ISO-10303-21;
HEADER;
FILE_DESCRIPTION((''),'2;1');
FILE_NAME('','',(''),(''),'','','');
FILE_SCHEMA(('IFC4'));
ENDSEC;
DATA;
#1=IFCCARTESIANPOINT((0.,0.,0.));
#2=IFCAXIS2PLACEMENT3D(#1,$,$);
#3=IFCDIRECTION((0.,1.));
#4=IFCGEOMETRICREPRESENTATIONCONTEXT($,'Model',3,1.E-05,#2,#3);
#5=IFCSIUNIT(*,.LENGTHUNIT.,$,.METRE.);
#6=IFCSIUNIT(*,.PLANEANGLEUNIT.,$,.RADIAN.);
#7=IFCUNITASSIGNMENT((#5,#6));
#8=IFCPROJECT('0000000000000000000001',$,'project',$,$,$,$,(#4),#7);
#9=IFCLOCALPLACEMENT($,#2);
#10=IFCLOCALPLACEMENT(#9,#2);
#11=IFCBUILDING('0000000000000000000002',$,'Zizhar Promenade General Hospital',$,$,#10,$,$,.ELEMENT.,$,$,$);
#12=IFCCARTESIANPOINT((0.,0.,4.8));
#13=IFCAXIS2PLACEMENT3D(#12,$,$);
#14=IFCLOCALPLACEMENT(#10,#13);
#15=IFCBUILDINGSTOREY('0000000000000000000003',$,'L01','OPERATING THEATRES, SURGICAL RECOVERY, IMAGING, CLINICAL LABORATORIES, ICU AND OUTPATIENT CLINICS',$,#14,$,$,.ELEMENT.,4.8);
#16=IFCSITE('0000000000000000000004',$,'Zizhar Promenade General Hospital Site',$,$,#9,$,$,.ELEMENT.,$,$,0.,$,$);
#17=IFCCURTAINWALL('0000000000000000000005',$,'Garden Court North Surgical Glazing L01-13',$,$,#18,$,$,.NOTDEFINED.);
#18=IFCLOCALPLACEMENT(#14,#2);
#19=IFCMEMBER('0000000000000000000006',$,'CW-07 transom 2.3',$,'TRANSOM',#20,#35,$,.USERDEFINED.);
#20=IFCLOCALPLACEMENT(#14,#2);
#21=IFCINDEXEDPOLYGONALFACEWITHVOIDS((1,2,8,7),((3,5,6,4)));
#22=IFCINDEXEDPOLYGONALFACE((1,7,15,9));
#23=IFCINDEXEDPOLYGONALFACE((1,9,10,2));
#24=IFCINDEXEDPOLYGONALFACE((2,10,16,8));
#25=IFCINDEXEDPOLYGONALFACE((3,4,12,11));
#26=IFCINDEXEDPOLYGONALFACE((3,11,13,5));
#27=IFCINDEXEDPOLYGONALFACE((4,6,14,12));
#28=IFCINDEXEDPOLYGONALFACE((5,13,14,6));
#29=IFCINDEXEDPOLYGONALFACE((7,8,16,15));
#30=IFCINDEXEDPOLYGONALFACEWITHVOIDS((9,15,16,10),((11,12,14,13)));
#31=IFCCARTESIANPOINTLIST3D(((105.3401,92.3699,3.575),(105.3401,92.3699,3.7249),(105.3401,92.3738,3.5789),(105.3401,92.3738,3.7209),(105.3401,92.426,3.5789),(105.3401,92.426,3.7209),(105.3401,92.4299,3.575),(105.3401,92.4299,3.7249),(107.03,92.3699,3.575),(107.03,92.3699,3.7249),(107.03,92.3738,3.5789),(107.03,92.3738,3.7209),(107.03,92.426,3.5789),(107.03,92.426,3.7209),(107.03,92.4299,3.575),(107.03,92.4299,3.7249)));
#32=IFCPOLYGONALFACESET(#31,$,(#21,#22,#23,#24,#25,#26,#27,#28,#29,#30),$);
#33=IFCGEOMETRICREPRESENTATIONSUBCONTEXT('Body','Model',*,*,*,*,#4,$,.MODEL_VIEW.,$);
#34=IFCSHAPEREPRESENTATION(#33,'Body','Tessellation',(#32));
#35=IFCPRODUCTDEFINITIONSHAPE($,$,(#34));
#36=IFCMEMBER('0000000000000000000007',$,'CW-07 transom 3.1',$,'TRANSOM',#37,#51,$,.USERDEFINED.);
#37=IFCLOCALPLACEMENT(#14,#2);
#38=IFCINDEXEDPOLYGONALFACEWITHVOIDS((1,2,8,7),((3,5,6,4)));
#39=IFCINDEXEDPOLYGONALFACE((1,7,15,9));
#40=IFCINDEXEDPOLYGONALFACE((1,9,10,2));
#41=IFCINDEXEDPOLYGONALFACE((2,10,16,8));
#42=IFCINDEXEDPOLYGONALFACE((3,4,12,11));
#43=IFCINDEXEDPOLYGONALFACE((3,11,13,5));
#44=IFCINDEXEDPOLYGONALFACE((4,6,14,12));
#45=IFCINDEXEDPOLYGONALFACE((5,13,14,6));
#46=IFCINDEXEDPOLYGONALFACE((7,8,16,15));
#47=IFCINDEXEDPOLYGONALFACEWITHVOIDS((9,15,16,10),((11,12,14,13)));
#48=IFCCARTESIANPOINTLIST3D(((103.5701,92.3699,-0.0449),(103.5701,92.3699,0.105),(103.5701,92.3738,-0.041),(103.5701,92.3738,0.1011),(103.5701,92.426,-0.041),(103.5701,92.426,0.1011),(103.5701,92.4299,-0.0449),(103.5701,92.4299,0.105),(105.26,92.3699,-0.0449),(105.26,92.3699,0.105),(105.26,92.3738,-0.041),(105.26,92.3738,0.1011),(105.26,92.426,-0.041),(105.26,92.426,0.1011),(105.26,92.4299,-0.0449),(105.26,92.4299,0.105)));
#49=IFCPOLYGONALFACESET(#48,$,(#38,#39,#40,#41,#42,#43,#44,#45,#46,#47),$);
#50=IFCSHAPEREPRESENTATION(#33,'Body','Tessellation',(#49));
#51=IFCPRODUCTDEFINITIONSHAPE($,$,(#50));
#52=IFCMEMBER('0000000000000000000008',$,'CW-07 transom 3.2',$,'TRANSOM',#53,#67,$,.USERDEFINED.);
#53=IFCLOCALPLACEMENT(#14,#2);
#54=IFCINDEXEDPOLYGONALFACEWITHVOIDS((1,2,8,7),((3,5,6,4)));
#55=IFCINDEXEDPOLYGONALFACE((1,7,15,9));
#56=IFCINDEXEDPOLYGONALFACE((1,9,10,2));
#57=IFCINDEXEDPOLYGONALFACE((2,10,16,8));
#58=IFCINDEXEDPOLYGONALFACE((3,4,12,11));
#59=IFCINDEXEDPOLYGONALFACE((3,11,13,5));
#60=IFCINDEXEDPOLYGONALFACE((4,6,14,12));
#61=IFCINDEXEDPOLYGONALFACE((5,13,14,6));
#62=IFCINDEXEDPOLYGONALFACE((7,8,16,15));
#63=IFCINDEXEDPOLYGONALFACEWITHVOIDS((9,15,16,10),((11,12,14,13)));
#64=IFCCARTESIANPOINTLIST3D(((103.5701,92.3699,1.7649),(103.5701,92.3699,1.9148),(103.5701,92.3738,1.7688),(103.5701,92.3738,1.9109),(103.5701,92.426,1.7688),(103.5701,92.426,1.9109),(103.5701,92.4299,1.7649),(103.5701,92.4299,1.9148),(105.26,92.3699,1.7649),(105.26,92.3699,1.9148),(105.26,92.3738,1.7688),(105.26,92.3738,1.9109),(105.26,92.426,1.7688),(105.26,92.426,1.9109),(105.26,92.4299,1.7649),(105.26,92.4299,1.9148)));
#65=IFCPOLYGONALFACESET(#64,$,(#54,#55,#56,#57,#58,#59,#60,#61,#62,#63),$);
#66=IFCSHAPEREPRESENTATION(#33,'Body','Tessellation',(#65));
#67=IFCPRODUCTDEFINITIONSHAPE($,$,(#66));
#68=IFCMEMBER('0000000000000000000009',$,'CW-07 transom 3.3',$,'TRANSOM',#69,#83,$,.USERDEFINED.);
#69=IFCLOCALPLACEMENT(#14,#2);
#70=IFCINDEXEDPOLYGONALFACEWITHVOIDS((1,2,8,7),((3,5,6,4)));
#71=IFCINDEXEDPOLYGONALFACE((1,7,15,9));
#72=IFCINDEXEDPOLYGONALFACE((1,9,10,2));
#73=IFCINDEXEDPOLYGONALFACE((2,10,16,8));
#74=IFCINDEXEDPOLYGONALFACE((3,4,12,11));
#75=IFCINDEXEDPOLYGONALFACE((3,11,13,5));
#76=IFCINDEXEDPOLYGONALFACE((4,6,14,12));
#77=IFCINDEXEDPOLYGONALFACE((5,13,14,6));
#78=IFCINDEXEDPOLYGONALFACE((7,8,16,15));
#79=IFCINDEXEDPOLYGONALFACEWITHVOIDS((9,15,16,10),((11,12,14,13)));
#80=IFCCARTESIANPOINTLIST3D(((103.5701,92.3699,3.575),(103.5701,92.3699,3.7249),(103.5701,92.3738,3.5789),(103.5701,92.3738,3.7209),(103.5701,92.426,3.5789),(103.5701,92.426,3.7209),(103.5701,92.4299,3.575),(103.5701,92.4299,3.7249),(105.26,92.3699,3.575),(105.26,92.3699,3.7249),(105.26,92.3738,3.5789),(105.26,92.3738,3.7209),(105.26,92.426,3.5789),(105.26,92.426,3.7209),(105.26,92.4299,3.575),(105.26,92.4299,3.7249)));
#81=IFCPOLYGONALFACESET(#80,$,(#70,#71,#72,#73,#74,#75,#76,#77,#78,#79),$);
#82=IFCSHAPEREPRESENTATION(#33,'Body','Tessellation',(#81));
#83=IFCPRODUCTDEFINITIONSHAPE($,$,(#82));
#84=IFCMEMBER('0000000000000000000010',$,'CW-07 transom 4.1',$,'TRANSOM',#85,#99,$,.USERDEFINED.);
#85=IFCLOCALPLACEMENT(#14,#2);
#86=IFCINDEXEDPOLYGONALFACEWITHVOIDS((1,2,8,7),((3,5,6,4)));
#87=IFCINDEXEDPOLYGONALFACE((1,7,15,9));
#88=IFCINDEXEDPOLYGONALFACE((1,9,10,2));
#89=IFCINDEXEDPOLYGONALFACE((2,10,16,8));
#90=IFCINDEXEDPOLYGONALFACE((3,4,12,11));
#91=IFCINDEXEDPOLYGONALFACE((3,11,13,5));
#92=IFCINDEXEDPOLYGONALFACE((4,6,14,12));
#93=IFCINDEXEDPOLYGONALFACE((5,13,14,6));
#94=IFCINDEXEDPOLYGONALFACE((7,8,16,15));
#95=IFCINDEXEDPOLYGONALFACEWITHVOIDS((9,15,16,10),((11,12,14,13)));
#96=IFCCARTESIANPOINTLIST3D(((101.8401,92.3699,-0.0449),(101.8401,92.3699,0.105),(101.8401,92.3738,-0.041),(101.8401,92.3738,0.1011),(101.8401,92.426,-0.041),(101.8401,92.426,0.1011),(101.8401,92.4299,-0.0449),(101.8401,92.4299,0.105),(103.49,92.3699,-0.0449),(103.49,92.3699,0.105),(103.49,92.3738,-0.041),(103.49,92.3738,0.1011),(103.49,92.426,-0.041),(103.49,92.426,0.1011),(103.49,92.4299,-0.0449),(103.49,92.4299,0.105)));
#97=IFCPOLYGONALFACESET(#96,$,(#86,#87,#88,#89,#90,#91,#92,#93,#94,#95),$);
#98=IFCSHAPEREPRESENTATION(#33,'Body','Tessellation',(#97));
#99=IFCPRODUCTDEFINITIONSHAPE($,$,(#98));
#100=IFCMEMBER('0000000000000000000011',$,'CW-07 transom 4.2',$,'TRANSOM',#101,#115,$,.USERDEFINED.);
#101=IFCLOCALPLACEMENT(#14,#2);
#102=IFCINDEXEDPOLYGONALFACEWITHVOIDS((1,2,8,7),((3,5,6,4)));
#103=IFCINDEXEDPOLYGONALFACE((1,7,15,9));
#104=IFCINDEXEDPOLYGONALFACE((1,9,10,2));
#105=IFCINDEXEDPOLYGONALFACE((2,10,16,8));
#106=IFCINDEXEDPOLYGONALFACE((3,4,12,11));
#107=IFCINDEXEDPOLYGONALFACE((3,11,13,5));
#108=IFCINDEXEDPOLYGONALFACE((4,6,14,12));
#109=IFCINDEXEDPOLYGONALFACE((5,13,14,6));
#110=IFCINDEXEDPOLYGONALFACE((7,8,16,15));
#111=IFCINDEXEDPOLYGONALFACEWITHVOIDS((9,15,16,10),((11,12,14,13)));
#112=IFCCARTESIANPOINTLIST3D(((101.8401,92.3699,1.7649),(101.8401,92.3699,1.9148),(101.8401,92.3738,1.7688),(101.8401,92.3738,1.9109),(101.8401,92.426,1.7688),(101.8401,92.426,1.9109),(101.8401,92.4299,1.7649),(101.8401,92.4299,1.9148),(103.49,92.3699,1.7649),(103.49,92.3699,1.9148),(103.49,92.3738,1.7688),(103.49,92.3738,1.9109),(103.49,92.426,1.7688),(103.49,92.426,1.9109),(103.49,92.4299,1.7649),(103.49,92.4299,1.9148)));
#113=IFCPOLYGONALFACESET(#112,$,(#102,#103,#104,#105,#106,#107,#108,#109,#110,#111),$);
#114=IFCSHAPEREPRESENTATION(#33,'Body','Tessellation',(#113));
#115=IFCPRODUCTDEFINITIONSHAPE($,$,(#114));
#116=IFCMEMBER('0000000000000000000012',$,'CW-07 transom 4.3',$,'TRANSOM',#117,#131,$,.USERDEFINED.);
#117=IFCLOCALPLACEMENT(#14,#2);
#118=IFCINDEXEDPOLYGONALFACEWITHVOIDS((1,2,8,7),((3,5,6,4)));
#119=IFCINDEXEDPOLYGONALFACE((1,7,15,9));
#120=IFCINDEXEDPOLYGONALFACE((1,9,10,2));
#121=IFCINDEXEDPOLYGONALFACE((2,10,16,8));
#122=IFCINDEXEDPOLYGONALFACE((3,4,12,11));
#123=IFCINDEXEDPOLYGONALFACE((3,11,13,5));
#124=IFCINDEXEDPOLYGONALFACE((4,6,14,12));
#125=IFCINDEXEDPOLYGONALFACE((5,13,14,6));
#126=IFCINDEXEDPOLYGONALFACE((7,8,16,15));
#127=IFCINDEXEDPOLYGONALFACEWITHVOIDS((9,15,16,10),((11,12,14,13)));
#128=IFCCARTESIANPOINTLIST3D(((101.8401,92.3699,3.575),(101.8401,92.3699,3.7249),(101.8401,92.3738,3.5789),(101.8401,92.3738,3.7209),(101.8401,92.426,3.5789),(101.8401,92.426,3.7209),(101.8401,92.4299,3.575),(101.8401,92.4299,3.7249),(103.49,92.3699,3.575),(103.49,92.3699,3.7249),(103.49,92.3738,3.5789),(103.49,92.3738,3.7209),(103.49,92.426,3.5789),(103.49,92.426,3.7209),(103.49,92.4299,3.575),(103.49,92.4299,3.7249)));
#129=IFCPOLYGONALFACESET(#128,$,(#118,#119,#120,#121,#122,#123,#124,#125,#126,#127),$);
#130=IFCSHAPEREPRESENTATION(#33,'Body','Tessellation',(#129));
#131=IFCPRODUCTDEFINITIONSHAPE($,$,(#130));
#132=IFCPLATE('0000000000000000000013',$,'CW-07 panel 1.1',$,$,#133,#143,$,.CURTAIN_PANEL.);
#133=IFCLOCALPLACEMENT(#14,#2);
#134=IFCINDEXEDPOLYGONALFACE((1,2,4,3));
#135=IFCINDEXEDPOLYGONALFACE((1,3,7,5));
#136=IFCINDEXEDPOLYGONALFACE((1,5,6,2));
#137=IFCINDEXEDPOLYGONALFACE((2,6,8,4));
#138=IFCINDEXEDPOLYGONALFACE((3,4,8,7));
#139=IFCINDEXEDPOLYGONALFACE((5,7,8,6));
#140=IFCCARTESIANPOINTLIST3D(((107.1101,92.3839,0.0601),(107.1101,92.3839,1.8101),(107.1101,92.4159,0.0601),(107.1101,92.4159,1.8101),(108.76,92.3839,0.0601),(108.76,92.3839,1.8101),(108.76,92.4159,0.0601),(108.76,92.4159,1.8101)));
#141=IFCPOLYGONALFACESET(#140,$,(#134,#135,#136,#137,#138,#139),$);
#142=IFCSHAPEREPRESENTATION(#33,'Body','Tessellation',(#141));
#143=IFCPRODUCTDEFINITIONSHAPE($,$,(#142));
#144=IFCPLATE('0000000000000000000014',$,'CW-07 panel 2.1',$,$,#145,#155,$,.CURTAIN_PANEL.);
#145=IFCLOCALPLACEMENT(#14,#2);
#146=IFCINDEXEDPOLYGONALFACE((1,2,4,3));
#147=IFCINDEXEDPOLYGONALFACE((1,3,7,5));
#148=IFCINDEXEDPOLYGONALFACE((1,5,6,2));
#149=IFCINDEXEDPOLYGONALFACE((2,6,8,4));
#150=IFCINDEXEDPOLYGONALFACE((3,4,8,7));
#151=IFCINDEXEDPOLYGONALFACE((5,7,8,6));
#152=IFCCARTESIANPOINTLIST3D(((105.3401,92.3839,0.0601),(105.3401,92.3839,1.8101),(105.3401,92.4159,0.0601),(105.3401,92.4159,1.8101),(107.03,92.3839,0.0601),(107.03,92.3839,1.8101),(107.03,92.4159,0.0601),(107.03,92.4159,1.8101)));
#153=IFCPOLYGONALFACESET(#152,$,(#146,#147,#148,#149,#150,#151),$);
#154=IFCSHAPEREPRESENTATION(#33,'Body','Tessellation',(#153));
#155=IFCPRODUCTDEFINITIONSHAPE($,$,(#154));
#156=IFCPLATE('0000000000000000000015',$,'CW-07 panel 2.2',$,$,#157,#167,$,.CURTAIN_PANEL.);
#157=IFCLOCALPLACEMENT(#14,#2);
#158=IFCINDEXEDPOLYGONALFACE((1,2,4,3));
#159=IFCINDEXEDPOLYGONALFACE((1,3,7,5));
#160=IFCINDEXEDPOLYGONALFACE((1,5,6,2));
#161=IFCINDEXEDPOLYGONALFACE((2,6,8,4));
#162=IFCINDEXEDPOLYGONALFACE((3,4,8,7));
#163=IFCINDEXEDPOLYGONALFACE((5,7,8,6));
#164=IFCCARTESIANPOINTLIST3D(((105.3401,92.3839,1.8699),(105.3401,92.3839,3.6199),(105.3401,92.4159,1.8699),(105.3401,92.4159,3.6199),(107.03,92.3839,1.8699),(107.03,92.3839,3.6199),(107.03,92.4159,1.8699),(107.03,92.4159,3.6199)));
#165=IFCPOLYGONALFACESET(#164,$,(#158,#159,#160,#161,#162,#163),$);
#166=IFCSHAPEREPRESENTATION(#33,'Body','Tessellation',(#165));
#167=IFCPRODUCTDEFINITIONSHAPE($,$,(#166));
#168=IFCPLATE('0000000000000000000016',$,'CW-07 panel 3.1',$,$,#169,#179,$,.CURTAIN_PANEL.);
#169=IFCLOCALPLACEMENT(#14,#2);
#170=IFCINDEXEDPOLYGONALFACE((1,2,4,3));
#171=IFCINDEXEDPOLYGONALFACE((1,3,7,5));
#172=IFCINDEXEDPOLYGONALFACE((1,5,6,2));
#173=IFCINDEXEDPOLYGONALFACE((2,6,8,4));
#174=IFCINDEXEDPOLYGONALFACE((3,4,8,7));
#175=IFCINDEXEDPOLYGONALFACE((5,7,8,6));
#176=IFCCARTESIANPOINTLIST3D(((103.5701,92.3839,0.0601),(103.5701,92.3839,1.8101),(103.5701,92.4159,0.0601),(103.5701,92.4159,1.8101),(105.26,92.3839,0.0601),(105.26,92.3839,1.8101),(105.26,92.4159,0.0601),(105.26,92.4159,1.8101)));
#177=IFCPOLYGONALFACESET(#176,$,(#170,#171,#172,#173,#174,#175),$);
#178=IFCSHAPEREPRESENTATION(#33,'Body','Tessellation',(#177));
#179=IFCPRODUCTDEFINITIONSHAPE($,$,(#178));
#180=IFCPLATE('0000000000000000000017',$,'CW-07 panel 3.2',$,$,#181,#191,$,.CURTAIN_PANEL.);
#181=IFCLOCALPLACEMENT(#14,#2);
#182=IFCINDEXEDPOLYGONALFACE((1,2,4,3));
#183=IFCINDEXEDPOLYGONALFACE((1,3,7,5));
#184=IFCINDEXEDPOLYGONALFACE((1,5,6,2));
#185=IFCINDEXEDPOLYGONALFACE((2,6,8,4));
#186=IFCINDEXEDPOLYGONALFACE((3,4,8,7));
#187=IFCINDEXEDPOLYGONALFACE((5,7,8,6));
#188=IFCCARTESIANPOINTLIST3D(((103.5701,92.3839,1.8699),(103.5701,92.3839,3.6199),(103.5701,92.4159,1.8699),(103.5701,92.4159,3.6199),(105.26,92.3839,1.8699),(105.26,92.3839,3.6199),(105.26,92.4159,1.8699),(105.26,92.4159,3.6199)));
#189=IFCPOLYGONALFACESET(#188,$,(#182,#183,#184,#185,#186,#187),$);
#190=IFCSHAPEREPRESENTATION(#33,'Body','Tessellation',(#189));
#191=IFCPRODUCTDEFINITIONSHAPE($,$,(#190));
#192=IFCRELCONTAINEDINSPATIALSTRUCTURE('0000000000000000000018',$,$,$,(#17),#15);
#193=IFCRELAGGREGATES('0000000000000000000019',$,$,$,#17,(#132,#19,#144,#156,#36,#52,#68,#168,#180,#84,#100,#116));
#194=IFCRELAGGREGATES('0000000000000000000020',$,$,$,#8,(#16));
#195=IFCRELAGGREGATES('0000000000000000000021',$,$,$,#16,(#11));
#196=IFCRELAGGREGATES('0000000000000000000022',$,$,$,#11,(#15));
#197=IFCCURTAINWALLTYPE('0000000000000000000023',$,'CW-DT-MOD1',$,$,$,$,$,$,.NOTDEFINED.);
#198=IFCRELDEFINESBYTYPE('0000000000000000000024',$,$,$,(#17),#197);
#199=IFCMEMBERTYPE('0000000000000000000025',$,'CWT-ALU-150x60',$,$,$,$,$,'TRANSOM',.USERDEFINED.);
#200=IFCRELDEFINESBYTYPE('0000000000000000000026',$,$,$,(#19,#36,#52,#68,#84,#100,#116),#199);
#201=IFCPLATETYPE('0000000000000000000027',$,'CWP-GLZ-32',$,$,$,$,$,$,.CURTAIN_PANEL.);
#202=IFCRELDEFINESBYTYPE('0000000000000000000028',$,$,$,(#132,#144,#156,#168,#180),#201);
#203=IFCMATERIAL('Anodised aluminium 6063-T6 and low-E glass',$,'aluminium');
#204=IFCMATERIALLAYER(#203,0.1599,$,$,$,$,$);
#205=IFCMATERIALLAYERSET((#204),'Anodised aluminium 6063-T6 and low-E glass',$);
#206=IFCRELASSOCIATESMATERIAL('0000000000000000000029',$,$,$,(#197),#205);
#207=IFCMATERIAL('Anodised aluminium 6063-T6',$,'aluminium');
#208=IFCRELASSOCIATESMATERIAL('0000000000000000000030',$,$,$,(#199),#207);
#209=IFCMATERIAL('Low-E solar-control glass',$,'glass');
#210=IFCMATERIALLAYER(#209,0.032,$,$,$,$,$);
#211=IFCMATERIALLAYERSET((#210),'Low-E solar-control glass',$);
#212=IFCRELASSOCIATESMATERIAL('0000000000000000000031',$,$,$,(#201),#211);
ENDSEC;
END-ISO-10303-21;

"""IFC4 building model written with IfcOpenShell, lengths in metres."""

from ifc_helpers import new_model, si_unit, direction, frame, origin, origin_2d, place, context, subcontext, project, spatial, rectangle, hollow_rectangle, extrude, material, layer, layer_set, material_profile, profile_set, type_object, element, aggregate, save


model = new_model("IFC4")

# Units and contexts
model_context = context("Model", 3, precision=1e-05, world=origin(), true_north=direction((0.0, 1.0)))
body_context = subcontext(model_context, "Body", "Model", "MODEL_VIEW")
ifc_project = project(units=[si_unit("LENGTHUNIT", "METRE"), si_unit("PLANEANGLEUNIT", "RADIAN")], contexts=[model_context])

# Site, building, storey
site_placement = place(None, origin())
site = spatial("IfcSite", under=ifc_project, at=site_placement, Name="Zizhar Promenade General Hospital Site", CompositionType="ELEMENT", RefElevation=0.0)
building_placement = place(site_placement, origin())
building = spatial("IfcBuilding", under=site, at=building_placement, Name="Zizhar Promenade General Hospital", CompositionType="ELEMENT")
storey_placement = place(building_placement, frame((0.0, 0.0, 4.8)))
storey = spatial("IfcBuildingStorey", under=building, at=storey_placement, Name="L01", Description="OPERATING THEATRES, SURGICAL RECOVERY, IMAGING, CLINICAL LABORATORIES, ICU AND OUTPATIENT CLINICS", CompositionType="ELEMENT", Elevation=4.8)

# Shared definitions
ifc_material_1 = material(Name="Anodised aluminium 6063-T6 and low-E glass", Category="aluminium")
ifc_layer_1 = layer(ifc_material_1, 0.1599)
ifc_layer_set_1 = layer_set([ifc_layer_1], Name="Anodised aluminium 6063-T6 and low-E glass")
curtain_wall_type = type_object("IfcCurtainWallType", Name="CW-DT-MOD1", PredefinedType="NOTDEFINED", material=ifc_layer_set_1)

# Curtain wall
curtain_wall_1_placement = place(storey_placement, origin())
curtain_wall_1 = element("IfcCurtainWall", 1, at=curtain_wall_1_placement, inside=storey, type_object=curtain_wall_type, Name="Garden Court North Surgical Glazing L01-13", PredefinedType="NOTDEFINED")

# Members
ifc_material_2 = material(Name="Anodised aluminium 6063-T6", Category="aluminium")
ifc_material_profile_1 = material_profile(ifc_material_2, hollow_rectangle(XDim=0.0601, YDim=0.1499, WallThickness=0.0039, at=origin_2d()))
ifc_profile_set_1 = profile_set([ifc_material_profile_1], Name="Anodised aluminium 6063-T6")
member_type_1 = type_object("IfcMemberType", Name="CWT-ALU-150x60", ElementType="TRANSOM", PredefinedType="USERDEFINED", material=ifc_profile_set_1)
member_1_placement = place(storey_placement, frame((107.03, 92.3999, 3.6499), z_axis=(-1.0, 0.0, 0.0), x_axis=(0.0, -1.0, 0.0)))
member_1 = element("IfcMember", 2, at=member_1_placement, type_object=member_type_1, Name="CW-07 transom 2.3", ObjectType="TRANSOM", PredefinedType="USERDEFINED", context=body_context, shape_type="SweptSolid", body=[
    extrude(hollow_rectangle(XDim=0.0601, YDim=0.1499, WallThickness=0.0039, at=origin_2d()), origin(), (0.0, 0.0, 1.0), 1.6899),
])
member_2_placement = place(storey_placement, frame((105.26, 92.3999, 0.03), z_axis=(-1.0, 0.0, 0.0), x_axis=(0.0, -1.0, 0.0)))
member_2 = element("IfcMember", 3, at=member_2_placement, type_object=member_type_1, Name="CW-07 transom 3.1", ObjectType="TRANSOM", PredefinedType="USERDEFINED", context=body_context, shape_type="SweptSolid", body=[
    extrude(hollow_rectangle(XDim=0.0601, YDim=0.1499, WallThickness=0.0039, at=origin_2d()), origin(), (0.0, 0.0, 1.0), 1.6899),
])
member_3_placement = place(storey_placement, frame((105.26, 92.3999, 1.8398), z_axis=(-1.0, 0.0, 0.0), x_axis=(0.0, -1.0, 0.0)))
member_3 = element("IfcMember", 4, at=member_3_placement, type_object=member_type_1, Name="CW-07 transom 3.2", ObjectType="TRANSOM", PredefinedType="USERDEFINED", context=body_context, shape_type="SweptSolid", body=[
    extrude(hollow_rectangle(XDim=0.0601, YDim=0.1499, WallThickness=0.0039, at=origin_2d()), origin(), (0.0, 0.0, 1.0), 1.6899),
])
member_4_placement = place(storey_placement, frame((105.26, 92.3999, 3.6499), z_axis=(-1.0, 0.0, 0.0), x_axis=(0.0, -1.0, 0.0)))
member_4 = element("IfcMember", 5, at=member_4_placement, type_object=member_type_1, Name="CW-07 transom 3.3", ObjectType="TRANSOM", PredefinedType="USERDEFINED", context=body_context, shape_type="SweptSolid", body=[
    extrude(hollow_rectangle(XDim=0.0601, YDim=0.1499, WallThickness=0.0039, at=origin_2d()), origin(), (0.0, 0.0, 1.0), 1.6899),
])
member_5_placement = place(storey_placement, frame((103.49, 92.3999, 0.03), z_axis=(-1.0, 0.0, 0.0), x_axis=(0.0, -1.0, 0.0)))
member_5 = element("IfcMember", 6, at=member_5_placement, type_object=member_type_1, Name="CW-07 transom 4.1", ObjectType="TRANSOM", PredefinedType="USERDEFINED", context=body_context, shape_type="SweptSolid", body=[
    extrude(hollow_rectangle(XDim=0.0601, YDim=0.1499, WallThickness=0.0039, at=origin_2d()), origin(), (0.0, 0.0, 1.0), 1.6499),
])
member_6_placement = place(storey_placement, frame((103.49, 92.3999, 1.8398), z_axis=(-1.0, 0.0, 0.0), x_axis=(0.0, -1.0, 0.0)))
member_6 = element("IfcMember", 7, at=member_6_placement, type_object=member_type_1, Name="CW-07 transom 4.2", ObjectType="TRANSOM", PredefinedType="USERDEFINED", context=body_context, shape_type="SweptSolid", body=[
    extrude(hollow_rectangle(XDim=0.0601, YDim=0.1499, WallThickness=0.0039, at=origin_2d()), origin(), (0.0, 0.0, 1.0), 1.6499),
])
member_7_placement = place(storey_placement, frame((103.49, 92.3999, 3.6499), z_axis=(-1.0, 0.0, 0.0), x_axis=(0.0, -1.0, 0.0)))
member_7 = element("IfcMember", 8, at=member_7_placement, type_object=member_type_1, Name="CW-07 transom 4.3", ObjectType="TRANSOM", PredefinedType="USERDEFINED", context=body_context, shape_type="SweptSolid", body=[
    extrude(hollow_rectangle(XDim=0.0601, YDim=0.1499, WallThickness=0.0039, at=origin_2d()), origin(), (0.0, 0.0, 1.0), 1.6499),
])

# Plates
ifc_material_3 = material(Name="Low-E solar-control glass", Category="glass")
ifc_layer_2 = layer(ifc_material_3, 0.032)
ifc_layer_set_2 = layer_set([ifc_layer_2], Name="Low-E solar-control glass")
plate_type = type_object("IfcPlateType", Name="CWP-GLZ-32", PredefinedType="CURTAIN_PANEL", material=ifc_layer_set_2)
plate_1_placement = place(storey_placement, frame((107.9351, 92.3999, 0.0601), z_axis=(0.0, 0.0, 1.0), x_axis=(-1.0, 0.0, 0.0)))
plate_1 = element("IfcPlate", 9, at=plate_1_placement, type_object=plate_type, Name="CW-07 panel 1.1", PredefinedType="CURTAIN_PANEL", context=body_context, shape_type="SweptSolid", body=[
    extrude(rectangle(XDim=1.6499, YDim=0.032, at=origin_2d()), origin(), (0.0, 0.0, 1.0), 1.75),
])
plate_2_placement = place(storey_placement, frame((106.1851, 92.3999, 0.0601), z_axis=(0.0, 0.0, 1.0), x_axis=(-1.0, 0.0, 0.0)))
plate_2 = element("IfcPlate", 10, at=plate_2_placement, type_object=plate_type, Name="CW-07 panel 2.1", PredefinedType="CURTAIN_PANEL", context=body_context, shape_type="SweptSolid", body=[
    extrude(rectangle(XDim=1.6899, YDim=0.032, at=origin_2d()), origin(), (0.0, 0.0, 1.0), 1.75),
])
plate_3_placement = place(storey_placement, frame((106.1851, 92.3999, 1.8699), z_axis=(0.0, 0.0, 1.0), x_axis=(-1.0, 0.0, 0.0)))
plate_3 = element("IfcPlate", 11, at=plate_3_placement, type_object=plate_type, Name="CW-07 panel 2.2", PredefinedType="CURTAIN_PANEL", context=body_context, shape_type="SweptSolid", body=[
    extrude(rectangle(XDim=1.6899, YDim=0.032, at=origin_2d()), origin(), (0.0, 0.0, 1.0), 1.75),
])
plate_4_placement = place(storey_placement, frame((104.415, 92.3999, 0.0601), z_axis=(0.0, 0.0, 1.0), x_axis=(-1.0, 0.0, 0.0)))
plate_4 = element("IfcPlate", 12, at=plate_4_placement, type_object=plate_type, Name="CW-07 panel 3.1", PredefinedType="CURTAIN_PANEL", context=body_context, shape_type="SweptSolid", body=[
    extrude(rectangle(XDim=1.6899, YDim=0.032, at=origin_2d()), origin(), (0.0, 0.0, 1.0), 1.75),
])
plate_5_placement = place(storey_placement, frame((104.415, 92.3999, 1.8699), z_axis=(0.0, 0.0, 1.0), x_axis=(-1.0, 0.0, 0.0)))
plate_5 = element("IfcPlate", 13, at=plate_5_placement, type_object=plate_type, Name="CW-07 panel 3.2", PredefinedType="CURTAIN_PANEL", context=body_context, shape_type="SweptSolid", body=[
    extrude(rectangle(XDim=1.6899, YDim=0.032, at=origin_2d()), origin(), (0.0, 0.0, 1.0), 1.75),
])
aggregate(curtain_wall_1, [plate_1, member_1, plate_2, plate_3, member_2, member_3, member_4, plate_4, plate_5, member_5, member_6, member_7])

save(model, "model.ifc")
